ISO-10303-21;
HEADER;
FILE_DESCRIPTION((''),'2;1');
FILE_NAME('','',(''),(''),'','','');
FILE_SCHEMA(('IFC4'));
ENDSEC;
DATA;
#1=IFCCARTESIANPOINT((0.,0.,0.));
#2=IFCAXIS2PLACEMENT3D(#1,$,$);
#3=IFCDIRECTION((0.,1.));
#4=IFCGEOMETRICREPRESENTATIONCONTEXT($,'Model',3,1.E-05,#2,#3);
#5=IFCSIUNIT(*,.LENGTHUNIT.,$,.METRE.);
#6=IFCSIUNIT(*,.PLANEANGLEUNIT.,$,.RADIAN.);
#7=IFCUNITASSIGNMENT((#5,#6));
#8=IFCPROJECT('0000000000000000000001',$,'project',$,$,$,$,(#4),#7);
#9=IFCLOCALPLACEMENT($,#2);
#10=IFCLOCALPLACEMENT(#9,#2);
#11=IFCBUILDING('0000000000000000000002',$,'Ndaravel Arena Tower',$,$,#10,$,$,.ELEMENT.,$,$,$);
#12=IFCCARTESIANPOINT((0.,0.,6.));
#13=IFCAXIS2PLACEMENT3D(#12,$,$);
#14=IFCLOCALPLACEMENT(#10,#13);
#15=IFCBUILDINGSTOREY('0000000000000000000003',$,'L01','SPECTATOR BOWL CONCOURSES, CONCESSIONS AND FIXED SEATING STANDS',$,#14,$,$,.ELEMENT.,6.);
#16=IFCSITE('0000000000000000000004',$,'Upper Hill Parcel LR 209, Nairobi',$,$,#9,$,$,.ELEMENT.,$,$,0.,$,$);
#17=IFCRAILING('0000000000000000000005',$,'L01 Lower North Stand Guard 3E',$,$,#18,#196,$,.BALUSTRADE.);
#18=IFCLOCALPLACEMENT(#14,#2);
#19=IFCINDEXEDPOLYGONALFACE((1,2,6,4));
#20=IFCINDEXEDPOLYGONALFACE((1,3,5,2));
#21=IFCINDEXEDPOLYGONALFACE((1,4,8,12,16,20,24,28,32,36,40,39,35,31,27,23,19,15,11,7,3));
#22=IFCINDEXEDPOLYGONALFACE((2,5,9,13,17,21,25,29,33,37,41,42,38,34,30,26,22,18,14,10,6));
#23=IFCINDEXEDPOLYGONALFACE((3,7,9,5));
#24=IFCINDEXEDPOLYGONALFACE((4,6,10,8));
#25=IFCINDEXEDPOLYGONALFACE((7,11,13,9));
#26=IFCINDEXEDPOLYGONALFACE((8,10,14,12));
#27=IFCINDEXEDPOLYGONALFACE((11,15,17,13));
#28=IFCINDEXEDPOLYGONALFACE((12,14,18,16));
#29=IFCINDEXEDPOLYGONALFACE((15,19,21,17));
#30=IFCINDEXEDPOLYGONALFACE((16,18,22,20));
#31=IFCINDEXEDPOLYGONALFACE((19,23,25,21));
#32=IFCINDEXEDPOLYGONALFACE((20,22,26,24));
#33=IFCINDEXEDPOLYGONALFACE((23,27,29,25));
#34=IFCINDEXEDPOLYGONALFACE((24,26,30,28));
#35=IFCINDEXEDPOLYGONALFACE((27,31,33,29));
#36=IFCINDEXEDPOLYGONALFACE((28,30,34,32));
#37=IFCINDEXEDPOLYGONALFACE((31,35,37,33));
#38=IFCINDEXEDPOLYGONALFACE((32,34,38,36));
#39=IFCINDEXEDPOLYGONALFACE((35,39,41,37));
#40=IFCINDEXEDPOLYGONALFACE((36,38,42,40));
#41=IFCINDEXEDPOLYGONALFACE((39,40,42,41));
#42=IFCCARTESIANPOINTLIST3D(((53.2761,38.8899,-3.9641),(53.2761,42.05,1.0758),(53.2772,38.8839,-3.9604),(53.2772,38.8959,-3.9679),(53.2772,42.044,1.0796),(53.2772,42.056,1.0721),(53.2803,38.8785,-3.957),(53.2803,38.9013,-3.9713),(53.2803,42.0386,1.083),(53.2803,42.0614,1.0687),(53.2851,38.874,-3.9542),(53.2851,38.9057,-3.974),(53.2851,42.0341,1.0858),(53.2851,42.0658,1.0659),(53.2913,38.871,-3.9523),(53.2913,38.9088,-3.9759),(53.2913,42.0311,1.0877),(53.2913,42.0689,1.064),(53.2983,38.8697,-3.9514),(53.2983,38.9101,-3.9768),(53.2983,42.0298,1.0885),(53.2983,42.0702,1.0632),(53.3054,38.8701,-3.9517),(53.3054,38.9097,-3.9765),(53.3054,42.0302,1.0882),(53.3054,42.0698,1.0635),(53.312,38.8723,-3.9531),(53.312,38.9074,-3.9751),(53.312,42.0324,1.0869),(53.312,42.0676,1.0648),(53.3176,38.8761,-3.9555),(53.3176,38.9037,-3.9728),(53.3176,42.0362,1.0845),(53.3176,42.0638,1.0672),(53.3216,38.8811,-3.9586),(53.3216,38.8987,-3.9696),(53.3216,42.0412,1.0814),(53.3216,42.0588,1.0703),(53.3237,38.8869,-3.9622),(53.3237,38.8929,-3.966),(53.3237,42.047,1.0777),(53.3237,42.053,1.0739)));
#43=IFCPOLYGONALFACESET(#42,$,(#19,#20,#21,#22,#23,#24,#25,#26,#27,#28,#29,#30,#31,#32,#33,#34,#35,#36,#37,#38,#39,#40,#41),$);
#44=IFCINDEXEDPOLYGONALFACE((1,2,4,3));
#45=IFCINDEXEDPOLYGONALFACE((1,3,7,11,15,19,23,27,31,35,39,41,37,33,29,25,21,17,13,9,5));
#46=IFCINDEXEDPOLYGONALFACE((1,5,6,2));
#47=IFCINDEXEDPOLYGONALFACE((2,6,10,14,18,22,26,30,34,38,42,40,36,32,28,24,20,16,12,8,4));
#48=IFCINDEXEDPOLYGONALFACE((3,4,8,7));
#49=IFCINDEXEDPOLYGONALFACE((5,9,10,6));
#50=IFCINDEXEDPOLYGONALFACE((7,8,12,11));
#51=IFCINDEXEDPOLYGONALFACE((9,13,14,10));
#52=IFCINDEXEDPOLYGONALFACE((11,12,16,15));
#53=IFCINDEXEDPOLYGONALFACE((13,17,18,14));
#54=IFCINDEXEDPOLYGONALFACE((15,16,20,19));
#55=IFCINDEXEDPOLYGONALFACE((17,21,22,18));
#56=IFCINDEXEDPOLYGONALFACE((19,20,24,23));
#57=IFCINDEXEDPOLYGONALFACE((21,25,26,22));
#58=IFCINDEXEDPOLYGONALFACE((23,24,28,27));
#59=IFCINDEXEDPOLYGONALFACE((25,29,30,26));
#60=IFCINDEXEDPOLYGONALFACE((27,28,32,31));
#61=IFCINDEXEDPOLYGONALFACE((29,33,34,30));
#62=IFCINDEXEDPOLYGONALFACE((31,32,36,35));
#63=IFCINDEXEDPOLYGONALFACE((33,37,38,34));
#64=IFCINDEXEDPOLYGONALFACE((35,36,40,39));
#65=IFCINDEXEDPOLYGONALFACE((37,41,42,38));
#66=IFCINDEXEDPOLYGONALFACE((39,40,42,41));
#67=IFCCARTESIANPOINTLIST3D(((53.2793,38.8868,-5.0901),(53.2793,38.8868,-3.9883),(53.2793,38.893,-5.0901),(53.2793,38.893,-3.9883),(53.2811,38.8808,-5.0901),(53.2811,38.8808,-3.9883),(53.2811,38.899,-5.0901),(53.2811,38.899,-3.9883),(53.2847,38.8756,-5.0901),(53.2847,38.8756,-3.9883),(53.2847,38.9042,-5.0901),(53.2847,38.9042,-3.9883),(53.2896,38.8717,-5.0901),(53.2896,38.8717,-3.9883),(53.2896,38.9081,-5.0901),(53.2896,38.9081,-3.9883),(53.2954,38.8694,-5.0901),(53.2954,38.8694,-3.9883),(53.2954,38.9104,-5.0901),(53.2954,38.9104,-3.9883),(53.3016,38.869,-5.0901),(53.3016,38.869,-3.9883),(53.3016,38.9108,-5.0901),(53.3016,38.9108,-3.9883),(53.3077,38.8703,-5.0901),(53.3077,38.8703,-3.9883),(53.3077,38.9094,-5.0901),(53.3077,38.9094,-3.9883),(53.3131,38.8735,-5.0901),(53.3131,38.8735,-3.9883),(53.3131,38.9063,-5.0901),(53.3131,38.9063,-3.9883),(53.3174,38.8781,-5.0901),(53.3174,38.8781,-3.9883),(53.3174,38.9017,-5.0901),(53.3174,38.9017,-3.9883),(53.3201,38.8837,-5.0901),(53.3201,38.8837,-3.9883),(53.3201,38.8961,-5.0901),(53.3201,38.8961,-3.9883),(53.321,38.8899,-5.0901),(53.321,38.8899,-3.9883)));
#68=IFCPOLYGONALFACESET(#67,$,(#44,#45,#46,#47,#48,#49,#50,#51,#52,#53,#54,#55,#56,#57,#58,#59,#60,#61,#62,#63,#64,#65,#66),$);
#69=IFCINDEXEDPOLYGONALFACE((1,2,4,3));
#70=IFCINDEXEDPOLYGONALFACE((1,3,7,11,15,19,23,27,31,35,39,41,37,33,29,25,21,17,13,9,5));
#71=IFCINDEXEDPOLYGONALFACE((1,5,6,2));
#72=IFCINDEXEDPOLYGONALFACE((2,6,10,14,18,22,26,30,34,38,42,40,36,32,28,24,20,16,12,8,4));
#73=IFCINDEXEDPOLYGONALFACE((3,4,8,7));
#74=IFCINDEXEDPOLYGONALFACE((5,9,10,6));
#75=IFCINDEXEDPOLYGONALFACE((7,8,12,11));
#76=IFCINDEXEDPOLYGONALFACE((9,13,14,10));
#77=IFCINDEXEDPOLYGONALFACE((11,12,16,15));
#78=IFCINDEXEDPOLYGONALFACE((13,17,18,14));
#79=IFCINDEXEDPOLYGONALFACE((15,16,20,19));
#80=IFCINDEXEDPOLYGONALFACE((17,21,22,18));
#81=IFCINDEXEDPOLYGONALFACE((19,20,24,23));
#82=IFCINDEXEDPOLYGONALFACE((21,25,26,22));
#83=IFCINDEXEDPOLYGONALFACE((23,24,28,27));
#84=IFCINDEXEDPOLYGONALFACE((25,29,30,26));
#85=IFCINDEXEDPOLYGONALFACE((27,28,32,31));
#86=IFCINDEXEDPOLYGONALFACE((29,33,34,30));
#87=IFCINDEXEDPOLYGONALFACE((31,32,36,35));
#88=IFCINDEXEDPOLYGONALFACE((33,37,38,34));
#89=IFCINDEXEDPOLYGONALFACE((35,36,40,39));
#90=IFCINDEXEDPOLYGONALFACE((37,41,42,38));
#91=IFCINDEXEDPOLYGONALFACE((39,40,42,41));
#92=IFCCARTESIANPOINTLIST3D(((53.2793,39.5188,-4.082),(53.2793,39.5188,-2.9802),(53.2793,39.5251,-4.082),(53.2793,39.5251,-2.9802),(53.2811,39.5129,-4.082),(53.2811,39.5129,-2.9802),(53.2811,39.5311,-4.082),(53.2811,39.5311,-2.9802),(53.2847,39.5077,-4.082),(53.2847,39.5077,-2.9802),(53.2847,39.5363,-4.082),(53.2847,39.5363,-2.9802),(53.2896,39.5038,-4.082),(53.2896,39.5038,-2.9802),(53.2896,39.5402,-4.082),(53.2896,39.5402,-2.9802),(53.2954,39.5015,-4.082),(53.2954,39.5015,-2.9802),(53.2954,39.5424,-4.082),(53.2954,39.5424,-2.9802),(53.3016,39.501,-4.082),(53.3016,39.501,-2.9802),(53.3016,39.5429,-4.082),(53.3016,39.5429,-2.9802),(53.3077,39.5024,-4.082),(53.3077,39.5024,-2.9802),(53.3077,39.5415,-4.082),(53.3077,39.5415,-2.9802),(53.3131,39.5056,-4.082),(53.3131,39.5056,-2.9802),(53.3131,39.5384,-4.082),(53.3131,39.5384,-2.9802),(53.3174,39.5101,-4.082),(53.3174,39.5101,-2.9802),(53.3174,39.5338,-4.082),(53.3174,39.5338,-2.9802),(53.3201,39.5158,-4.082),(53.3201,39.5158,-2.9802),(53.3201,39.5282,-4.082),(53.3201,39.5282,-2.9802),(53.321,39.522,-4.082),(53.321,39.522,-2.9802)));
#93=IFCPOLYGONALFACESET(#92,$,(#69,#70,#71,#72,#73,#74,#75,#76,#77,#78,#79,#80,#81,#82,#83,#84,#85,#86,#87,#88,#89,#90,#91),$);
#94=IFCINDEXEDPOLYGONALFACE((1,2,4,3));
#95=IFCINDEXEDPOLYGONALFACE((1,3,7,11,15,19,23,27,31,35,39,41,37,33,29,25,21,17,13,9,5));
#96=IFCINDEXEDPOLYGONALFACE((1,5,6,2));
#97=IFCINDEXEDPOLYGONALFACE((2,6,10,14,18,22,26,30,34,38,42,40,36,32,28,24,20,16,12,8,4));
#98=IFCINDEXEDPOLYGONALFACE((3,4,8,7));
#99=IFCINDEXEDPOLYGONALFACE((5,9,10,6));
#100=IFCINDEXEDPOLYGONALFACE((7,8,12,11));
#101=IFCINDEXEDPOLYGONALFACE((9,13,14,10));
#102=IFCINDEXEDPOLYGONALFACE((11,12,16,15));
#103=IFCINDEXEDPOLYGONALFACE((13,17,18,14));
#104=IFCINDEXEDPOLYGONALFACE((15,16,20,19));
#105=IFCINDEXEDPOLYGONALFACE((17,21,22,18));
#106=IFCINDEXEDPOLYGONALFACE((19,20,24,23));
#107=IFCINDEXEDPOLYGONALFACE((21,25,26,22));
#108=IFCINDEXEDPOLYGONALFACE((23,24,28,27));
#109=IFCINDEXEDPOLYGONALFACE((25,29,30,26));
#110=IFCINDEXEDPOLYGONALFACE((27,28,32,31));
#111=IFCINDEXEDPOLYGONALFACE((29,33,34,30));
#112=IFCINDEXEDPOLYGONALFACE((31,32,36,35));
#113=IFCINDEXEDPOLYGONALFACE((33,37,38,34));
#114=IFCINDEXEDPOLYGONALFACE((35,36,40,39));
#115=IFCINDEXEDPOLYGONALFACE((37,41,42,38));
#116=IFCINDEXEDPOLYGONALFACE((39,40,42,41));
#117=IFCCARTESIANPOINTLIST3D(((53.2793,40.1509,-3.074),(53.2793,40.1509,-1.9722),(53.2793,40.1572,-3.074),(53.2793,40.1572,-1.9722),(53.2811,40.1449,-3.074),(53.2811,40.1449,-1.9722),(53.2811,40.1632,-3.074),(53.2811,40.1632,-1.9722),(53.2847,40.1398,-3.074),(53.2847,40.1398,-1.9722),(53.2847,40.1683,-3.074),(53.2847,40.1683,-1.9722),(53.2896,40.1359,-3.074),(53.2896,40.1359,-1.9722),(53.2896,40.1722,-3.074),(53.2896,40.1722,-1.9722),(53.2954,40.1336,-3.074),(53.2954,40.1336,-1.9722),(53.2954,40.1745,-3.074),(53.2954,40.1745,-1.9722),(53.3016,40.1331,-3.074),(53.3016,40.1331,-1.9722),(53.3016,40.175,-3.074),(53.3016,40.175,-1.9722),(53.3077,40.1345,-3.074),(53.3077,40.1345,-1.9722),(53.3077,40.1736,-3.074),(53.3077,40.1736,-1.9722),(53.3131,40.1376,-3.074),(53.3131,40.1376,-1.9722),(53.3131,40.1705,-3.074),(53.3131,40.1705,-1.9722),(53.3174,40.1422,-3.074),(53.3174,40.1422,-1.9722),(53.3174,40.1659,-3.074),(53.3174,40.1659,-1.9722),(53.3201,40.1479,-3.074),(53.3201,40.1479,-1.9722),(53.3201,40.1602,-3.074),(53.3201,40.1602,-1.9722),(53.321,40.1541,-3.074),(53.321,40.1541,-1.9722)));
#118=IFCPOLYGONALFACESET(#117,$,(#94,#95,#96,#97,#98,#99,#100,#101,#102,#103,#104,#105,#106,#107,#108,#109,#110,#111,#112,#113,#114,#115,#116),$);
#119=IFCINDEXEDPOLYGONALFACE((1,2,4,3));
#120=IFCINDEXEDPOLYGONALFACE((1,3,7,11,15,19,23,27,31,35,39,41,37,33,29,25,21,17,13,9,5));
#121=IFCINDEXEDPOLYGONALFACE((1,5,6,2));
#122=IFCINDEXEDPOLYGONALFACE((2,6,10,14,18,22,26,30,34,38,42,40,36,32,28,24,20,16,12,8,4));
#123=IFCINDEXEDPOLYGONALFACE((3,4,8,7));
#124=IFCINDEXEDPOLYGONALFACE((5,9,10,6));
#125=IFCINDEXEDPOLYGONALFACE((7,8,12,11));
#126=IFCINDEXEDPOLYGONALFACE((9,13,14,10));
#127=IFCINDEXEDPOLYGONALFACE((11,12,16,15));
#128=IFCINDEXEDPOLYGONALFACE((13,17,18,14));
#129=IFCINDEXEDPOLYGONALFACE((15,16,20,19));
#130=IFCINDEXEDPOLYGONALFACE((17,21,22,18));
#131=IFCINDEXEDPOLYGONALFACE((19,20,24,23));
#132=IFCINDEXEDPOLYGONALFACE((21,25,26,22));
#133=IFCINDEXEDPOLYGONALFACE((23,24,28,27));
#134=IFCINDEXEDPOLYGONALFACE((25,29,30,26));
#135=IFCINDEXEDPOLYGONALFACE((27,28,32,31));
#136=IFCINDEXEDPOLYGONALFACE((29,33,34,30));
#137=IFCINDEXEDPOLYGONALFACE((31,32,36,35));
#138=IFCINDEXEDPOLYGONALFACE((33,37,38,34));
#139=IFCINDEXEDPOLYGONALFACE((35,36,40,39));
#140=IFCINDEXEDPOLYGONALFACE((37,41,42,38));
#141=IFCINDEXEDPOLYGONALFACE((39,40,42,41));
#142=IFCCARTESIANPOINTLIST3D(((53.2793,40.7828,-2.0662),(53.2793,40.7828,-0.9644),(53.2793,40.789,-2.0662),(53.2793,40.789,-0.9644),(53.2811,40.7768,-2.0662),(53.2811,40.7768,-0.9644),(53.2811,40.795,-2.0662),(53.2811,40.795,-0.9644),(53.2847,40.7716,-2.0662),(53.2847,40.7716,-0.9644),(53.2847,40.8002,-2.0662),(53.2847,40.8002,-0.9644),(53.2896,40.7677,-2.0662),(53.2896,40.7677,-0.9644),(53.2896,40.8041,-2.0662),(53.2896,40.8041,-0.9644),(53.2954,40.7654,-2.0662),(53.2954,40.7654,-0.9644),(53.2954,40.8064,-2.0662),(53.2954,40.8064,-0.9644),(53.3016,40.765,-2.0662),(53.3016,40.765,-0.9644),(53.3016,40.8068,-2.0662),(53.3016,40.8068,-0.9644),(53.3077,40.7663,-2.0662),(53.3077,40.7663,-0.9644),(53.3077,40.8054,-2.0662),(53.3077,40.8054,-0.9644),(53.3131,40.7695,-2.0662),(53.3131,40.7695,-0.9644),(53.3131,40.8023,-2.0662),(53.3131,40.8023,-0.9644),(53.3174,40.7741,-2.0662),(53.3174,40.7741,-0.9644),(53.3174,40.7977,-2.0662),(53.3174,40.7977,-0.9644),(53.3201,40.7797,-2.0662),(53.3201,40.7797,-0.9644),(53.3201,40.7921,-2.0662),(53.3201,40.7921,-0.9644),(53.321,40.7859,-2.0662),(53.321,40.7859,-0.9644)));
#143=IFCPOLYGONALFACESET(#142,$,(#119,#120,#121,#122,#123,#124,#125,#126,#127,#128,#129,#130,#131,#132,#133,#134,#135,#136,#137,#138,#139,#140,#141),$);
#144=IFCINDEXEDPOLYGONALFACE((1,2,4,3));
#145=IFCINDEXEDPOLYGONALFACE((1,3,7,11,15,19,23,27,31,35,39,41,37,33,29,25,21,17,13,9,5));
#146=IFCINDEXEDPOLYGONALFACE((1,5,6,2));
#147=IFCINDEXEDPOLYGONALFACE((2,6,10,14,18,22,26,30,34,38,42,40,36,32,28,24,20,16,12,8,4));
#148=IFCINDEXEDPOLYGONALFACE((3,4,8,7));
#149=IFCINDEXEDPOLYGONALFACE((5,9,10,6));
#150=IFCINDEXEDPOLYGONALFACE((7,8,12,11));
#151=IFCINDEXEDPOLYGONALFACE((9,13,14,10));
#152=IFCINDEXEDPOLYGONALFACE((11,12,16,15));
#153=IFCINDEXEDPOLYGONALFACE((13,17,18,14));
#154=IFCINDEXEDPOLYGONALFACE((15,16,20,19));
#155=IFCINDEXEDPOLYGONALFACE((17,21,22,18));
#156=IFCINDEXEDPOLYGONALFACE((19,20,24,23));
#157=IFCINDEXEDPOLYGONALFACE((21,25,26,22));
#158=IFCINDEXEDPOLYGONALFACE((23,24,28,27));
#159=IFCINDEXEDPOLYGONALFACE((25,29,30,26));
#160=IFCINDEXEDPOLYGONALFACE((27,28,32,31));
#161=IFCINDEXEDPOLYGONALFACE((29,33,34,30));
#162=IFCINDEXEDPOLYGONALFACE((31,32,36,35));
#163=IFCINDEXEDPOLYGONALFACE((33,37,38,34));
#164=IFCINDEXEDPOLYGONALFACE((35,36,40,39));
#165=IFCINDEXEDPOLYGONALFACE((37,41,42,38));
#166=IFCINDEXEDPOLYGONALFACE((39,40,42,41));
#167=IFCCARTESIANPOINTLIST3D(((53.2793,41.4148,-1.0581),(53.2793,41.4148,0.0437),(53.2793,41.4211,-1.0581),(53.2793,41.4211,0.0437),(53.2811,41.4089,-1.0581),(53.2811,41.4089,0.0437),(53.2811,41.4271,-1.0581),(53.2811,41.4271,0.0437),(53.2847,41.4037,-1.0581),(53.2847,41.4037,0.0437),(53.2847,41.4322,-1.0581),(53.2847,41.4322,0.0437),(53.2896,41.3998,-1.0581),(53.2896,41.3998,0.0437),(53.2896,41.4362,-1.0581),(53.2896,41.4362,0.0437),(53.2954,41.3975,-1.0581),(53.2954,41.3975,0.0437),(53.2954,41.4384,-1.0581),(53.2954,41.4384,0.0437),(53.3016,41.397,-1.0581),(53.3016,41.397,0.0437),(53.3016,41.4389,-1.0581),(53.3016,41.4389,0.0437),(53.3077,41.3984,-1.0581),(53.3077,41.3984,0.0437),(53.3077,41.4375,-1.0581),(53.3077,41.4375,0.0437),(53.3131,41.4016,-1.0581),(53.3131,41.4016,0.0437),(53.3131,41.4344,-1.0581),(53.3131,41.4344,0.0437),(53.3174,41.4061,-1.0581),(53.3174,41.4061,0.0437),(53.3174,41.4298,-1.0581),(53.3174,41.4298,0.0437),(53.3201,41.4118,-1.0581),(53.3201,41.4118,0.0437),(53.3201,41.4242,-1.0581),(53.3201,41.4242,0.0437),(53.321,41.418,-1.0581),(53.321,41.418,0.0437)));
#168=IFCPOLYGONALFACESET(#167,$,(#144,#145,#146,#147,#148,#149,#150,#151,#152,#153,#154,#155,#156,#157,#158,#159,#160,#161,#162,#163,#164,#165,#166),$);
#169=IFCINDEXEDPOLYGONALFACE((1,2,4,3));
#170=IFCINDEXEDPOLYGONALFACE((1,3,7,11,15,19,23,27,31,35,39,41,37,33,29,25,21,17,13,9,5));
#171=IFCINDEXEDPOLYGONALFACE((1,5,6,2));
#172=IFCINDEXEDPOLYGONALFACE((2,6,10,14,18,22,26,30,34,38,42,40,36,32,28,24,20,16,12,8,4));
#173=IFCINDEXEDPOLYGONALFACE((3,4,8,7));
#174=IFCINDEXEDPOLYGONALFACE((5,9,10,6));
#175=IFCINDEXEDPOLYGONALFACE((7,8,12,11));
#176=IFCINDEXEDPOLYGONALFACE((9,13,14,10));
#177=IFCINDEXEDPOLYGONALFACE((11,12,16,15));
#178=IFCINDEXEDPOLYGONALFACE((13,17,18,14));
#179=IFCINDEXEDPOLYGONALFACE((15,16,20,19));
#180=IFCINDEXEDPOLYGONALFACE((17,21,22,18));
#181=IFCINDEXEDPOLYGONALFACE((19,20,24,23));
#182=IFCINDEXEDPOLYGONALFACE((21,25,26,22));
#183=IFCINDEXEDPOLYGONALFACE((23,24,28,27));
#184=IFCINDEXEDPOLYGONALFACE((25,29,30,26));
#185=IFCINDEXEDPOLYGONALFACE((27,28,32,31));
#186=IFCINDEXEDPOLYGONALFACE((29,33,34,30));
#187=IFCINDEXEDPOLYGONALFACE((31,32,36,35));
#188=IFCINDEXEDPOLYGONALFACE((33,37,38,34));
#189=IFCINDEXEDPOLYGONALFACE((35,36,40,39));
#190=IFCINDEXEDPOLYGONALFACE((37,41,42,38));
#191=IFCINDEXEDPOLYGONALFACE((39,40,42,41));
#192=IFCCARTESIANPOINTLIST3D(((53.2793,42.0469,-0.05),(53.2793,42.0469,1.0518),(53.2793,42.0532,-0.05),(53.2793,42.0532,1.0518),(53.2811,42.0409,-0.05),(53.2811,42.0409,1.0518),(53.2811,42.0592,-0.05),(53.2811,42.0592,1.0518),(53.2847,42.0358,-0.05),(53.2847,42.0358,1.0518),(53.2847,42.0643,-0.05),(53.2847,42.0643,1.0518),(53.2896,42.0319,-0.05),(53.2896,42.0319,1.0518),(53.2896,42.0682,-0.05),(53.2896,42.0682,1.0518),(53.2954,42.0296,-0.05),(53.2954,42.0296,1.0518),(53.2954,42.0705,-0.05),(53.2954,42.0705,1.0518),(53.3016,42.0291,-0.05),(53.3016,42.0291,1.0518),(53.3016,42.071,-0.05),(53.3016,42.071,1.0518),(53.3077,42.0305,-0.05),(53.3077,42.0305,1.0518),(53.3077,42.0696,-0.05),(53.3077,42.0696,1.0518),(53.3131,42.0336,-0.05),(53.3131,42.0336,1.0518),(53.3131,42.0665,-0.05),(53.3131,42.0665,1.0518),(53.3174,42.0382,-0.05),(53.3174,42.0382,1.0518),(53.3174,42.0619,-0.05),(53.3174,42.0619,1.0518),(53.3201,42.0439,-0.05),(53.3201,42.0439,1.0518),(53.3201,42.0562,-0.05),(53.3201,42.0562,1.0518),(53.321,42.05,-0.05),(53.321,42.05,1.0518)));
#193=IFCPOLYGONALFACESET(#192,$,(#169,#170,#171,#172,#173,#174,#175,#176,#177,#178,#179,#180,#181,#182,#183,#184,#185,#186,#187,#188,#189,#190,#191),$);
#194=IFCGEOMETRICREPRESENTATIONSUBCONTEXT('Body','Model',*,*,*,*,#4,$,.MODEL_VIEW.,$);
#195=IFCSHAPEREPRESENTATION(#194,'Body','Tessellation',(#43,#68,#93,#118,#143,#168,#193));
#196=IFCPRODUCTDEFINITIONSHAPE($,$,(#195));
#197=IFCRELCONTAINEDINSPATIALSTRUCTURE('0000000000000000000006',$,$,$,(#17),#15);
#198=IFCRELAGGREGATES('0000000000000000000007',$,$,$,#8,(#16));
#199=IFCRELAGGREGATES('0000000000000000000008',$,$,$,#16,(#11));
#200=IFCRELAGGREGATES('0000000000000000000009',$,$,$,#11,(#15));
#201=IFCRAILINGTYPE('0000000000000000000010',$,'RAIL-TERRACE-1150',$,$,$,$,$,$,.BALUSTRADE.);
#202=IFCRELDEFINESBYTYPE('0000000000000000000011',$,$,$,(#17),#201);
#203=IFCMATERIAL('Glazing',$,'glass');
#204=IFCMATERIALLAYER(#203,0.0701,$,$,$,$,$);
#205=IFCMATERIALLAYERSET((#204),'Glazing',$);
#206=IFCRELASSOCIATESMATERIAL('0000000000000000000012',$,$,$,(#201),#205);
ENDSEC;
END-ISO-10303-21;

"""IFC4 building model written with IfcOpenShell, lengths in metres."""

from ifc_helpers import new_model, si_unit, direction, frame, origin, origin_2d, place, context, subcontext, project, spatial, circle, extrude, material, layer, layer_set, type_object, element, save


model = new_model("IFC4")

# Units and contexts
model_context = context("Model", 3, precision=1e-05, world=origin(), true_north=direction((0.0, 1.0)))
body_context = subcontext(model_context, "Body", "Model", "MODEL_VIEW")
ifc_project = project(units=[si_unit("LENGTHUNIT", "METRE"), si_unit("PLANEANGLEUNIT", "RADIAN")], contexts=[model_context])

# Site, building, storey
site_placement = place(None, origin())
site = spatial("IfcSite", under=ifc_project, at=site_placement, Name="Upper Hill Parcel LR 209, Nairobi", CompositionType="ELEMENT", RefElevation=0.0)
building_placement = place(site_placement, origin())
building = spatial("IfcBuilding", under=site, at=building_placement, Name="Ndaravel Arena Tower", CompositionType="ELEMENT")
storey_placement = place(building_placement, frame((0.0, 0.0, 6.0)))
storey = spatial("IfcBuildingStorey", under=building, at=storey_placement, Name="L01", Description="SPECTATOR BOWL CONCOURSES, CONCESSIONS AND FIXED SEATING STANDS", CompositionType="ELEMENT", Elevation=6.0)

# Railing
ifc_material_1 = material(Name="Glazing", Category="glass")
ifc_layer_1 = layer(ifc_material_1, 0.0701)
ifc_layer_set_1 = layer_set([ifc_layer_1], Name="Glazing")
railing_type_1 = type_object("IfcRailingType", Name="RAIL-TERRACE-1150", PredefinedType="BALUSTRADE", material=ifc_layer_set_1)
railing_1_placement = place(storey_placement, frame((53.3, 38.8899, -5.0901)))
element("IfcRailing", 1, at=railing_1_placement, inside=storey, type_object=railing_type_1, Name="L01 Lower North Stand Guard 3E", PredefinedType="BALUSTRADE", context=body_context, shape_type="SweptSolid", body=[
    extrude(circle(Radius=0.0239, at=origin_2d()), frame((0.0, 0.0, 1.126), z_axis=(0.0, 0.531223, 0.847232), x_axis=(-1.0, 0.0, 0.0)), (0.0, 0.0, 1.0), 5.9487),
    extrude(circle(Radius=0.021, at=origin_2d()), origin(), (0.0, 0.0, 1.0), 1.1018),
    extrude(circle(Radius=0.021, at=origin_2d()), frame((0.0, 0.6321, 1.0081)), (0.0, 0.0, 1.0), 1.1018),
    extrude(circle(Radius=0.021, at=origin_2d()), frame((0.0, 1.2642, 2.0161)), (0.0, 0.0, 1.0), 1.1018),
    extrude(circle(Radius=0.021, at=origin_2d()), frame((0.0, 1.896, 3.0239)), (0.0, 0.0, 1.0), 1.1018),
    extrude(circle(Radius=0.021, at=origin_2d()), frame((0.0, 2.5281, 4.032)), (0.0, 0.0, 1.0), 1.1018),
    extrude(circle(Radius=0.021, at=origin_2d()), frame((0.0, 3.1602, 5.04)), (0.0, 0.0, 1.0), 1.1018),
])

save(model, "model.ifc")
